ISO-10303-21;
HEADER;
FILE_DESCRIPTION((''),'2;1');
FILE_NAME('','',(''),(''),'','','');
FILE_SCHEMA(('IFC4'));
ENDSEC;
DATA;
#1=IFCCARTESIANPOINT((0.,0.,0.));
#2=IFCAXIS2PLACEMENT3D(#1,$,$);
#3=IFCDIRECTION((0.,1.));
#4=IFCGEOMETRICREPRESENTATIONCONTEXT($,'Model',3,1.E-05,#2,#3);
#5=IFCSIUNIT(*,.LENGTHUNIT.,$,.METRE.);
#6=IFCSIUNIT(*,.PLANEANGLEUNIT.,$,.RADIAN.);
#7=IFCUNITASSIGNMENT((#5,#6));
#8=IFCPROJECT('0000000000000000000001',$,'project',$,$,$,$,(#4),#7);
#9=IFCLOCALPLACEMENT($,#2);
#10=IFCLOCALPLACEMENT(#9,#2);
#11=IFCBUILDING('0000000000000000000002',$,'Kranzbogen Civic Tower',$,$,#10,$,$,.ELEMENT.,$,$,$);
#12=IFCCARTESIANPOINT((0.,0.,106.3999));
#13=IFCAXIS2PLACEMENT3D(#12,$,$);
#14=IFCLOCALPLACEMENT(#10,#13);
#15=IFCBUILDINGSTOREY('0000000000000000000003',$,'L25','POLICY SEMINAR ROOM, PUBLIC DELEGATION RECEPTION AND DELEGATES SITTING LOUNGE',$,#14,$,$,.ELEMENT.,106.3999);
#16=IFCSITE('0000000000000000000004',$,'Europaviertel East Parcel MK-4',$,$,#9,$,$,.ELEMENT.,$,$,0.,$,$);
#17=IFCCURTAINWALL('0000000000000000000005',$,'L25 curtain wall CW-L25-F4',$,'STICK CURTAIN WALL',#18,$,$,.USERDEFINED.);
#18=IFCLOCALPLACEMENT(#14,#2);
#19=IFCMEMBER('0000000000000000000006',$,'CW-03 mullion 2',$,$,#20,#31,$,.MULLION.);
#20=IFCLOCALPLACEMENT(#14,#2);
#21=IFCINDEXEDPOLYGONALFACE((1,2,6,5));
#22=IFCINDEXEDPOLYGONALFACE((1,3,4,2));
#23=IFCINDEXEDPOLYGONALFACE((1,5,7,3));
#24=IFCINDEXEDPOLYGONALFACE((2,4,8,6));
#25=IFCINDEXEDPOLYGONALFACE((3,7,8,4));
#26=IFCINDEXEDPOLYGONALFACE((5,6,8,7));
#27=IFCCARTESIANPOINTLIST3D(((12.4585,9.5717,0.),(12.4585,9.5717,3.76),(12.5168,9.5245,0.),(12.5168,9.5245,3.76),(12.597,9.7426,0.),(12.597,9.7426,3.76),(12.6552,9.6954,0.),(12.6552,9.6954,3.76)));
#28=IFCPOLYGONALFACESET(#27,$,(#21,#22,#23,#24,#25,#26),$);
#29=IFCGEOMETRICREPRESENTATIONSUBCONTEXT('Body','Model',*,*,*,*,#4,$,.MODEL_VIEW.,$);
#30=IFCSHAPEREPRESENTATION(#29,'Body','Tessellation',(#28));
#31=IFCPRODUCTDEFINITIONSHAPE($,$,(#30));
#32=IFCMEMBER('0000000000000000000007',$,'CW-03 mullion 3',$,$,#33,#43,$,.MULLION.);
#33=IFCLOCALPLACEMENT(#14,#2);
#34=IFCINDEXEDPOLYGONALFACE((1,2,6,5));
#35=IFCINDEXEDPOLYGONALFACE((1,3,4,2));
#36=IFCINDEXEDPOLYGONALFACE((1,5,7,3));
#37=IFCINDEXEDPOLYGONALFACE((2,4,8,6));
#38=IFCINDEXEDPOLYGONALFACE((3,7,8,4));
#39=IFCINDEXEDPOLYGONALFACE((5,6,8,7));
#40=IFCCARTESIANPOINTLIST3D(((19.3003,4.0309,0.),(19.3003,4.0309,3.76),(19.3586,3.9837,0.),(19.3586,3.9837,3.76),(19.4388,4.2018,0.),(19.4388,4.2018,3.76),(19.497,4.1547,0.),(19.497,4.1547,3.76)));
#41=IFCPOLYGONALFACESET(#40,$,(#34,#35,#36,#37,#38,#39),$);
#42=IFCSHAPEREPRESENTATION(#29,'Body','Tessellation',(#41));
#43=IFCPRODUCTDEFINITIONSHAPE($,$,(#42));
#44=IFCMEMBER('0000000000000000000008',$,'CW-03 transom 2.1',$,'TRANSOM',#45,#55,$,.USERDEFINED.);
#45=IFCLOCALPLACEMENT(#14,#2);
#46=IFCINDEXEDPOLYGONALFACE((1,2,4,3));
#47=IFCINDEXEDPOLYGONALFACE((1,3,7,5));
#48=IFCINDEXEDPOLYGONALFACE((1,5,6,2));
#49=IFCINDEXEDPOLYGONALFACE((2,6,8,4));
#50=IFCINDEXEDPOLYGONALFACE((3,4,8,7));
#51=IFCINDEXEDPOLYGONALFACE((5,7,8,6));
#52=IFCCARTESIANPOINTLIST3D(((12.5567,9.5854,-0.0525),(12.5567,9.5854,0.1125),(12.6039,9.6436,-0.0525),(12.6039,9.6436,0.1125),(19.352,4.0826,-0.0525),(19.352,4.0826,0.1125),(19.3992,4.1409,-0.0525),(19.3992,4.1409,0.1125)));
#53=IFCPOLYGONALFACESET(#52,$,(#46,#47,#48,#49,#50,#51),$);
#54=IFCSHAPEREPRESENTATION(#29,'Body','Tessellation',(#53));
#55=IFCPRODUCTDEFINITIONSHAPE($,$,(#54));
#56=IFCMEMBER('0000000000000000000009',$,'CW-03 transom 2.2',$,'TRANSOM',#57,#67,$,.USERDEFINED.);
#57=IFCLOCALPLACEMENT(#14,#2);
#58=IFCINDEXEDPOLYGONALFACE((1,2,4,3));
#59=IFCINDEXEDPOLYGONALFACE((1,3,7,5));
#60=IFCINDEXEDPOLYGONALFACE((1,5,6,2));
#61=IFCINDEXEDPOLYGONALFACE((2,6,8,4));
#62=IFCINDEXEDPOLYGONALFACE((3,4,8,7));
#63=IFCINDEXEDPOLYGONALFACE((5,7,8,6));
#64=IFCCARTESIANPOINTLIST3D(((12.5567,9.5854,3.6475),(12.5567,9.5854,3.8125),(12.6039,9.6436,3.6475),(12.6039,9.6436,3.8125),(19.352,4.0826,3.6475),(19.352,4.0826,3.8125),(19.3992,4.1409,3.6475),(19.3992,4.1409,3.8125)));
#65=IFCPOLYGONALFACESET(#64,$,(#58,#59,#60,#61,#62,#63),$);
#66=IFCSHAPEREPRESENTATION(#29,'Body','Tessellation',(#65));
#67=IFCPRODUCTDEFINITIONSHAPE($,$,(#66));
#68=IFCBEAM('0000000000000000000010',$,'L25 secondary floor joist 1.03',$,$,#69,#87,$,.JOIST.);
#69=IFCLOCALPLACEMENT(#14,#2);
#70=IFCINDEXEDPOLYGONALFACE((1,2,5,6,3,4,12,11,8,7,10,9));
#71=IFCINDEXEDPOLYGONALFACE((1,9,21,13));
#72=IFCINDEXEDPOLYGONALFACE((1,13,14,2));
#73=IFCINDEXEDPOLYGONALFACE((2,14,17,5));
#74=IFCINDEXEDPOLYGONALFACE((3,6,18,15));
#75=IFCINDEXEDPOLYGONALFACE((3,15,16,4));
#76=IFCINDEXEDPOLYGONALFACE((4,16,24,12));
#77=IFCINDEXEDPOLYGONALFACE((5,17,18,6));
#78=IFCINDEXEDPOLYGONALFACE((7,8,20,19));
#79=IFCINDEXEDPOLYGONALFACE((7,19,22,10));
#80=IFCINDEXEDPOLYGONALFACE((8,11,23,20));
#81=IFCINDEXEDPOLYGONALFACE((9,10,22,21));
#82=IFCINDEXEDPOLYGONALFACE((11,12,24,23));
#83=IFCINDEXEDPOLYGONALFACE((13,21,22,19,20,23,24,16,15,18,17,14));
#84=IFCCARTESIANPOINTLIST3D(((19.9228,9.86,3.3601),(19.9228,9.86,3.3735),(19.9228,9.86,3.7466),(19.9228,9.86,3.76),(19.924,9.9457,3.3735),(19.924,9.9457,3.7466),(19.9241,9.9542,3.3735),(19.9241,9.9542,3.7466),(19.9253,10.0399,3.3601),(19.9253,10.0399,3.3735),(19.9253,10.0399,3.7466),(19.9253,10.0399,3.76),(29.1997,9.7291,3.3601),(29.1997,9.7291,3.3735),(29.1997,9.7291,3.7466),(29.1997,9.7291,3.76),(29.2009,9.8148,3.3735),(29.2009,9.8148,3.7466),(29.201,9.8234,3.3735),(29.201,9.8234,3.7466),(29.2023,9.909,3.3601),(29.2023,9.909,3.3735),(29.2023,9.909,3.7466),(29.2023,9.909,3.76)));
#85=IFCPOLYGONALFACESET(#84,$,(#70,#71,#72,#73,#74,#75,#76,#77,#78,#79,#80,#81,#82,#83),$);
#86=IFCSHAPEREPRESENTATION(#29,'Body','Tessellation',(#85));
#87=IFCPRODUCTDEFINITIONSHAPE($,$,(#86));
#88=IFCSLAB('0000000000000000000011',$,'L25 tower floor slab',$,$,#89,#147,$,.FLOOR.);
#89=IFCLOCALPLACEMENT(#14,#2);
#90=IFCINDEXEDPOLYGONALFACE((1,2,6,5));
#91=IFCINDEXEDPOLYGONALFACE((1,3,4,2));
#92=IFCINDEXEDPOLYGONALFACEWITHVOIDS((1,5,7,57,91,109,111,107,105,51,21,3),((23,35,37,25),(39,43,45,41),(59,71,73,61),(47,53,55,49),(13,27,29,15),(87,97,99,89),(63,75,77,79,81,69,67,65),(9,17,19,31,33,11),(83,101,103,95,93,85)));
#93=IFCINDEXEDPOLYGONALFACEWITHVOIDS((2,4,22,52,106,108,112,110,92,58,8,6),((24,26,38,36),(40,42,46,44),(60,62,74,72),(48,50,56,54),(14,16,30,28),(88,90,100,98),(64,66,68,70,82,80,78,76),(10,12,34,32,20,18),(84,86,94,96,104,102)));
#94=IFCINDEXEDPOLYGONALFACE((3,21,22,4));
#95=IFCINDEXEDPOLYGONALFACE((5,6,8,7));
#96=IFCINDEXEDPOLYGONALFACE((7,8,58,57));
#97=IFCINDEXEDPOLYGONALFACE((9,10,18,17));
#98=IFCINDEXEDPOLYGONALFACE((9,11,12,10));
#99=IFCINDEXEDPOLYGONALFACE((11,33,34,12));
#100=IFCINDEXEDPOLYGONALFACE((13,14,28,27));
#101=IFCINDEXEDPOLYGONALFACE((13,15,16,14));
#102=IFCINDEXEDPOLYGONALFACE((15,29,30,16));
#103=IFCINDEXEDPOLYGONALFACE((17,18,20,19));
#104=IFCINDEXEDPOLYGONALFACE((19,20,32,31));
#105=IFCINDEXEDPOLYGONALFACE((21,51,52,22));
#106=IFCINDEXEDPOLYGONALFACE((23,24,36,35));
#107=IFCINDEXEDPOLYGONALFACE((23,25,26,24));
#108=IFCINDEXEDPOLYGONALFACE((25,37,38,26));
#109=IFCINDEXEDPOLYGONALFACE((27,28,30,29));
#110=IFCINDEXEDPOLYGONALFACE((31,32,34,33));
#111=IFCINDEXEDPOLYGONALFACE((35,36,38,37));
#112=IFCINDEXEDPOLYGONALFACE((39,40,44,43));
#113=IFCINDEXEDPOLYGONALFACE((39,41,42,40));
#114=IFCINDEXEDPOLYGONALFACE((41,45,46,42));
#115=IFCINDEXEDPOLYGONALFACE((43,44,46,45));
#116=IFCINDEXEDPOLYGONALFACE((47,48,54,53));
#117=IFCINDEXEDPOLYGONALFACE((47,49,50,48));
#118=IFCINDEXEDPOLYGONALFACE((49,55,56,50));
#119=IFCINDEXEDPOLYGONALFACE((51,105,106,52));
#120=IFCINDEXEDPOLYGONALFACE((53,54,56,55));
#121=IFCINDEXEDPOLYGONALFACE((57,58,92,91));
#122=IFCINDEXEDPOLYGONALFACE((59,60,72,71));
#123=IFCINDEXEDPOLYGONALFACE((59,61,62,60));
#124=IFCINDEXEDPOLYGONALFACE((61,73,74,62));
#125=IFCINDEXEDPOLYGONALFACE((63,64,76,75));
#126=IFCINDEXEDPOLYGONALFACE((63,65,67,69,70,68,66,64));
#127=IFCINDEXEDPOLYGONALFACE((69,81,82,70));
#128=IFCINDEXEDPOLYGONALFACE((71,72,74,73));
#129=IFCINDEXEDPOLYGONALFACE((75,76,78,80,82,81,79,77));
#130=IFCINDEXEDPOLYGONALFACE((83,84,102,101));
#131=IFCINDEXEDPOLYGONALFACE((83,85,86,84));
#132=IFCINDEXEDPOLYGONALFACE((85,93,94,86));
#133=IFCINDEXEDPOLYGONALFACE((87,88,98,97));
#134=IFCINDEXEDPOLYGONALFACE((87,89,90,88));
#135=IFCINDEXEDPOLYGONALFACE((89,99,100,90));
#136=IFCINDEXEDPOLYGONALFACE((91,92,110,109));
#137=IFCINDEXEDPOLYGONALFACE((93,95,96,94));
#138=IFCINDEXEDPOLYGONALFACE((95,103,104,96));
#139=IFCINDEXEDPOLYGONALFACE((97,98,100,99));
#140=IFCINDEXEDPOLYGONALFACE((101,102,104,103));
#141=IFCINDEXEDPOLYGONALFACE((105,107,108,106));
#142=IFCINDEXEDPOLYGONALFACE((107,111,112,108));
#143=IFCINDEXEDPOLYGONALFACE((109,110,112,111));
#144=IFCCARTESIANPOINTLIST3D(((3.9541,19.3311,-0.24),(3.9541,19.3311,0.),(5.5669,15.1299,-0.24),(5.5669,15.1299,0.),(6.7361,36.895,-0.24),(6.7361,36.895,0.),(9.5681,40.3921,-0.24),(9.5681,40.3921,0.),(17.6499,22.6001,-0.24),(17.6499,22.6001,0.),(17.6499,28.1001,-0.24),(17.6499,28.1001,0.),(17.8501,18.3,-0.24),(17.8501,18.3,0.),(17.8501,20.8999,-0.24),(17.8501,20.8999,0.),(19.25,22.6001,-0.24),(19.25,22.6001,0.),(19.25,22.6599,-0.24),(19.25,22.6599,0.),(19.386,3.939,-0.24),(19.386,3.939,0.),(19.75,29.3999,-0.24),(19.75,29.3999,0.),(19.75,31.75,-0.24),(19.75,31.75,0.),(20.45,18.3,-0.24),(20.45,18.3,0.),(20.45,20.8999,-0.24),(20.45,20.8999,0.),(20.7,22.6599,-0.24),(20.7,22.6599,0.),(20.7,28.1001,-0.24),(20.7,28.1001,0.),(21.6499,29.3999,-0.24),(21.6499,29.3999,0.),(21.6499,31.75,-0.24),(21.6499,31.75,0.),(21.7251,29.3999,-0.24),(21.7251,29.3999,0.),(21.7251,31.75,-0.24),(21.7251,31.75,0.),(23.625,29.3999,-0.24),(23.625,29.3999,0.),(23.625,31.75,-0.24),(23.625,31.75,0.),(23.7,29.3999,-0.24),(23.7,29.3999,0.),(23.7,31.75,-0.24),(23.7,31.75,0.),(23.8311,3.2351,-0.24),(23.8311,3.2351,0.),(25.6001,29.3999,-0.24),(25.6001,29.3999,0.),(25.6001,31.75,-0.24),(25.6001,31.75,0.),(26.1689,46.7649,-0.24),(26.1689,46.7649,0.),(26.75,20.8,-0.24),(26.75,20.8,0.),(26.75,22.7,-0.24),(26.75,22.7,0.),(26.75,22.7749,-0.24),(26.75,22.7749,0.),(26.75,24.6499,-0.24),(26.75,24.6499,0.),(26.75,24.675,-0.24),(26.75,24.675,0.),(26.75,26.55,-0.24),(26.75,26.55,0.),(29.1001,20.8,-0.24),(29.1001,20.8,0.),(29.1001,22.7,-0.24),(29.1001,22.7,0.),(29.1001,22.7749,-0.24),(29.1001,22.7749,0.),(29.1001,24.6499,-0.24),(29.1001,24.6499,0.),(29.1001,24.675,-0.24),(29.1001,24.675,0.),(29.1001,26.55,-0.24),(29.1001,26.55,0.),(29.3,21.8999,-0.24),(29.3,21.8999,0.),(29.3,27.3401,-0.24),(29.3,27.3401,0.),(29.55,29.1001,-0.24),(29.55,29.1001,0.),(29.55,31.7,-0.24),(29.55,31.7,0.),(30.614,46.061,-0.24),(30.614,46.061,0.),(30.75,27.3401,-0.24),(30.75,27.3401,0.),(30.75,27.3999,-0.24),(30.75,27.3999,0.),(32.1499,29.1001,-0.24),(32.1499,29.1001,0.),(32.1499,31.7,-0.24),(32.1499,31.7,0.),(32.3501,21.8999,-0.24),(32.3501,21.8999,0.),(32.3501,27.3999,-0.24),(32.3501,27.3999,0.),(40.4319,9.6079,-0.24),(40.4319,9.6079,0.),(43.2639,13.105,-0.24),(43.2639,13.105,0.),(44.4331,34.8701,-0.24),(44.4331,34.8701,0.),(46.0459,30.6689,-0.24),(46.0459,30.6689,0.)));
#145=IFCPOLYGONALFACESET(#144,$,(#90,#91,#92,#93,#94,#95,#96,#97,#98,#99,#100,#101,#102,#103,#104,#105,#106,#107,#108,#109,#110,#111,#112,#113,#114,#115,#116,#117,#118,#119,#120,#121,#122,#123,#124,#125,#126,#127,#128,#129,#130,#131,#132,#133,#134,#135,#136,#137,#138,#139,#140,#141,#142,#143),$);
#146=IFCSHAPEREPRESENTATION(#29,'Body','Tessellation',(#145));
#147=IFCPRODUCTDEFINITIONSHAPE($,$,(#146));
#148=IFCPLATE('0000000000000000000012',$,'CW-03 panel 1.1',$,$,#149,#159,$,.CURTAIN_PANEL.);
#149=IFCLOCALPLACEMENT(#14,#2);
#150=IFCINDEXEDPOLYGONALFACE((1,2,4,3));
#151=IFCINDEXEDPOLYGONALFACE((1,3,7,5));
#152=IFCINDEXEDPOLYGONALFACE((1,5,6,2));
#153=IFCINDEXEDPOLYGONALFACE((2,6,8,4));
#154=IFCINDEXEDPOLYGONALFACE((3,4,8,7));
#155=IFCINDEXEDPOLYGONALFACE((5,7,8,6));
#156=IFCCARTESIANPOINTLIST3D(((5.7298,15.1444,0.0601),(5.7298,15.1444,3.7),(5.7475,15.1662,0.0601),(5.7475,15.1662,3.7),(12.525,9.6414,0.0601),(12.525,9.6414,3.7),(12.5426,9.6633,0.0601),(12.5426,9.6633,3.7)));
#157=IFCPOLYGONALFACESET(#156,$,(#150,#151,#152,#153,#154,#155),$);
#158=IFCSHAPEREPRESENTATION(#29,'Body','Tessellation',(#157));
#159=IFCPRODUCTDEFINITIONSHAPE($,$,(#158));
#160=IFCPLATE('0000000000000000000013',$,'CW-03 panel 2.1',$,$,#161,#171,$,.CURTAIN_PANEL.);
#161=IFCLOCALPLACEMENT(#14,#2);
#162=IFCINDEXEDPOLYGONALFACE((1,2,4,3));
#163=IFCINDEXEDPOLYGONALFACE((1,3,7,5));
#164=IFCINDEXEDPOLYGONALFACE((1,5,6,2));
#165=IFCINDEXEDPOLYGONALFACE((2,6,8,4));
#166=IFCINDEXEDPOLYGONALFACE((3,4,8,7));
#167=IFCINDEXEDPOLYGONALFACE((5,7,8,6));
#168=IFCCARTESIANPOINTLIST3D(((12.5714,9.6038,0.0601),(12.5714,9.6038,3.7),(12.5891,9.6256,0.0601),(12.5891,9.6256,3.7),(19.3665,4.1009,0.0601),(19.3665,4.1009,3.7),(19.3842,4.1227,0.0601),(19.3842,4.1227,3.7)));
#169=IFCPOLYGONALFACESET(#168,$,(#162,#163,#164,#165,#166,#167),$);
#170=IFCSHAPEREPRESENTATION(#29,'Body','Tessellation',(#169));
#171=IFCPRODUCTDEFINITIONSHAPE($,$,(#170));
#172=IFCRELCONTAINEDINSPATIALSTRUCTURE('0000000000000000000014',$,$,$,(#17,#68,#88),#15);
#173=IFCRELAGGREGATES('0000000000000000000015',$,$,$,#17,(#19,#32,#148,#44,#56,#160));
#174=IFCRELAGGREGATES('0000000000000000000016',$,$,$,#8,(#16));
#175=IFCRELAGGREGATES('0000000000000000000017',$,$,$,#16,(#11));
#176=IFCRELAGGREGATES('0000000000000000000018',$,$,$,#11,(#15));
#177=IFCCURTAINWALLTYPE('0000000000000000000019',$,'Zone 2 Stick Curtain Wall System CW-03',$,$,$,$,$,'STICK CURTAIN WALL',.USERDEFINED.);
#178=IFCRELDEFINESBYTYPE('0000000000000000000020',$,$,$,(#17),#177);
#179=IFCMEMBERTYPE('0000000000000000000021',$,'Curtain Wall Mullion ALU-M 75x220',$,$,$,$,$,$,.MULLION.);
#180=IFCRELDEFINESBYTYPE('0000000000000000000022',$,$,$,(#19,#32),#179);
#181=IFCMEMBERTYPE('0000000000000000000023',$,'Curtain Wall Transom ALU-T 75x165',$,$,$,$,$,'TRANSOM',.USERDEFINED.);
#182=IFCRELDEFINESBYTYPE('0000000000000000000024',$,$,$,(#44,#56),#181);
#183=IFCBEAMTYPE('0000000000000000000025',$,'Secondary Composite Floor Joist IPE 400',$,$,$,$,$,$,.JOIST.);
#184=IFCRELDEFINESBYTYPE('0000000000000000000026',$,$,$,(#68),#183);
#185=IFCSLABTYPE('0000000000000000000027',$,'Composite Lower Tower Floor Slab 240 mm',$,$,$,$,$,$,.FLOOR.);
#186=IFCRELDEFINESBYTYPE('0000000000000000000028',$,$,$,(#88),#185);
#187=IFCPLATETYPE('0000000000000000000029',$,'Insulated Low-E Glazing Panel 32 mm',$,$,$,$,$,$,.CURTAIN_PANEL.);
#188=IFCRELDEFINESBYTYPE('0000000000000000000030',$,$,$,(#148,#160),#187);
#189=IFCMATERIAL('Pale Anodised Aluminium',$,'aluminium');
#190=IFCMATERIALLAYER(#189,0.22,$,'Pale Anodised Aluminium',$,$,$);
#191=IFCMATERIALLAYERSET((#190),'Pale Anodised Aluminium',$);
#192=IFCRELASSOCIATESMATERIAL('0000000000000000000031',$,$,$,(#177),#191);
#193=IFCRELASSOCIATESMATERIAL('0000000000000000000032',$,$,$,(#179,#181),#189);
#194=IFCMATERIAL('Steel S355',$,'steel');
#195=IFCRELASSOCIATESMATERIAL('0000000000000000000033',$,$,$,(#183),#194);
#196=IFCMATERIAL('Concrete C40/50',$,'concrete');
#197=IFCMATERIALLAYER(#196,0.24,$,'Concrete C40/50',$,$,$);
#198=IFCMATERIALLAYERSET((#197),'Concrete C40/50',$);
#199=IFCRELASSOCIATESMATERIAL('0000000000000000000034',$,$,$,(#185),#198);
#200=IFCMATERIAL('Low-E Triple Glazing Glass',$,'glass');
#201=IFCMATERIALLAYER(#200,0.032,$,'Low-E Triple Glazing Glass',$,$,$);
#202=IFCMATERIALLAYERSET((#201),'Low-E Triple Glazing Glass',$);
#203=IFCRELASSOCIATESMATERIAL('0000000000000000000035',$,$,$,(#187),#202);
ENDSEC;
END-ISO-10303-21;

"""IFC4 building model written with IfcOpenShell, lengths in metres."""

from ifc_helpers import new_model, si_unit, direction, frame, origin, origin_2d, place, context, subcontext, project, spatial, polyline, rectangle, i_section, outline, extrude, material, layer, layer_set, material_profile, profile_set, type_object, element, aggregate, save


model = new_model("IFC4")

# Units and contexts
model_context = context("Model", 3, precision=1e-05, world=origin(), true_north=direction((0.0, 1.0)))
body_context = subcontext(model_context, "Body", "Model", "MODEL_VIEW")
ifc_project = project(units=[si_unit("LENGTHUNIT", "METRE"), si_unit("PLANEANGLEUNIT", "RADIAN")], contexts=[model_context])

# Site, building, storey
site_placement = place(None, origin())
site = spatial("IfcSite", under=ifc_project, at=site_placement, Name="Europaviertel East Parcel MK-4", CompositionType="ELEMENT", RefElevation=0.0)
building_placement = place(site_placement, origin())
building = spatial("IfcBuilding", under=site, at=building_placement, Name="Kranzbogen Civic Tower", CompositionType="ELEMENT")
storey_placement = place(building_placement, frame((0.0, 0.0, 106.3999)))
storey = spatial("IfcBuildingStorey", under=building, at=storey_placement, Name="L25", Description="POLICY SEMINAR ROOM, PUBLIC DELEGATION RECEPTION AND DELEGATES SITTING LOUNGE", CompositionType="ELEMENT", Elevation=106.3999)

# Curtain wall, members
ifc_material_1 = material(Name="Pale Anodised Aluminium", Category="aluminium")
ifc_layer_1 = layer(ifc_material_1, 0.22, Name="Pale Anodised Aluminium")
ifc_layer_set_1 = layer_set([ifc_layer_1], Name="Pale Anodised Aluminium")
curtain_wall_type = type_object("IfcCurtainWallType", Name="Zone 2 Stick Curtain Wall System CW-03", ElementType="STICK CURTAIN WALL", PredefinedType="USERDEFINED", material=ifc_layer_set_1)
curtain_wall_placement = place(storey_placement, origin())
curtain_wall = element("IfcCurtainWall", 1, at=curtain_wall_placement, inside=storey, type_object=curtain_wall_type, Name="L25 curtain wall CW-L25-F4", ObjectType="STICK CURTAIN WALL", PredefinedType="USERDEFINED")
ifc_material_profile_1 = material_profile(ifc_material_1, rectangle(XDim=0.075, YDim=0.22, at=origin_2d()), Name="ALU-M 75x220")
ifc_profile_set_1 = profile_set([ifc_material_profile_1], Name="Pale Anodised Aluminium")
member_type_1 = type_object("IfcMemberType", Name="Curtain Wall Mullion ALU-M 75x220", PredefinedType="MULLION", material=ifc_profile_set_1)
member_1_placement = place(storey_placement, frame((12.5569, 9.6335, 0.0), z_axis=(0.0, 0.0, 1.0), x_axis=(0.777128, -0.629343, 0.0)))
member_1 = element("IfcMember", 2, at=member_1_placement, type_object=member_type_1, Name="CW-03 mullion 2", PredefinedType="MULLION", context=body_context, shape_type="SweptSolid", body=[
    extrude(rectangle(XDim=0.075, YDim=0.22, at=origin_2d()), origin(), (0.0, 0.0, 1.0), 3.76),
])
member_2_placement = place(storey_placement, frame((19.3987, 4.0928, 0.0), z_axis=(0.0, 0.0, 1.0), x_axis=(0.777128, -0.629343, 0.0)))
member_2 = element("IfcMember", 3, at=member_2_placement, type_object=member_type_1, Name="CW-03 mullion 3", PredefinedType="MULLION", context=body_context, shape_type="SweptSolid", body=[
    extrude(rectangle(XDim=0.075, YDim=0.22, at=origin_2d()), origin(), (0.0, 0.0, 1.0), 3.76),
])
ifc_material_profile_2 = material_profile(ifc_material_1, rectangle(XDim=0.075, YDim=0.165, at=origin_2d()), Name="ALU-T 75x165")
ifc_profile_set_2 = profile_set([ifc_material_profile_2], Name="Pale Anodised Aluminium")
member_type_2 = type_object("IfcMemberType", Name="Curtain Wall Transom ALU-T 75x165", ElementType="TRANSOM", PredefinedType="USERDEFINED", material=ifc_profile_set_2)
member_3_placement = place(storey_placement, frame((12.5803, 9.6145, 0.03), z_axis=(0.777142, -0.629325, 0.0), x_axis=(0.629325, 0.777142, 0.0)))
member_3 = element("IfcMember", 4, at=member_3_placement, type_object=member_type_2, Name="CW-03 transom 2.1", ObjectType="TRANSOM", PredefinedType="USERDEFINED", context=body_context, shape_type="SweptSolid", body=[
    extrude(rectangle(XDim=0.075, YDim=0.165, at=origin_2d()), origin(), (0.0, 0.0, 1.0), 8.7439),
])
member_4_placement = place(storey_placement, frame((12.5803, 9.6145, 3.73), z_axis=(0.777142, -0.629325, 0.0), x_axis=(0.629325, 0.777142, 0.0)))
member_4 = element("IfcMember", 5, at=member_4_placement, type_object=member_type_2, Name="CW-03 transom 2.2", ObjectType="TRANSOM", PredefinedType="USERDEFINED", context=body_context, shape_type="SweptSolid", body=[
    extrude(rectangle(XDim=0.075, YDim=0.165, at=origin_2d()), origin(), (0.0, 0.0, 1.0), 8.7439),
])

# Beam
ifc_material_2 = material(Name="Steel S355", Category="steel")
ifc_material_profile_3 = material_profile(ifc_material_2, i_section(OverallWidth=0.1799, OverallDepth=0.3999, WebThickness=0.0085, FlangeThickness=0.0134, at=origin_2d()), Name="IPE 400")
ifc_profile_set_3 = profile_set([ifc_material_profile_3], Name="Steel S355")
beam_type = type_object("IfcBeamType", Name="Secondary Composite Floor Joist IPE 400", PredefinedType="JOIST", material=ifc_profile_set_3)
beam_placement = place(storey_placement, frame((19.9241, 9.95, 3.5601), z_axis=(0.999901, -0.014105, 0.0), x_axis=(0.014105, 0.999901, 0.0)))
element("IfcBeam", 6, at=beam_placement, inside=storey, type_object=beam_type, Name="L25 secondary floor joist 1.03", PredefinedType="JOIST", context=body_context, shape_type="SweptSolid", body=[
    extrude(i_section(OverallWidth=0.1799, OverallDepth=0.3999, WebThickness=0.0085, FlangeThickness=0.0134, at=origin_2d()), origin(), (0.0, 0.0, 1.0), 9.2778),
])

# Slab
ifc_material_3 = material(Name="Concrete C40/50", Category="concrete")
ifc_layer_2 = layer(ifc_material_3, 0.24, Name="Concrete C40/50")
ifc_layer_set_2 = layer_set([ifc_layer_2], Name="Concrete C40/50")
slab_type_1 = type_object("IfcSlabType", Name="Composite Lower Tower Floor Slab 240 mm", PredefinedType="FLOOR", material=ifc_layer_set_2)
slab_1_placement = place(storey_placement, frame((0.0, 0.0, -0.24)))
element("IfcSlab", 7, at=slab_1_placement, inside=storey, type_object=slab_type_1, Name="L25 tower floor slab", PredefinedType="FLOOR", context=body_context, shape_type="SweptSolid", body=[
    extrude(outline(polyline([(44.4331, 34.8701), (30.614, 46.061), (26.1689, 46.7649), (9.5681, 40.3921), (6.7361, 36.895), (3.9541, 19.3311), (5.5669, 15.1299), (19.386, 3.939), (23.8311, 3.2351), (40.4319, 9.6079), (43.2639, 13.105), (46.0459, 30.6689), (44.4331, 34.8701)]), holes=[polyline([(20.45, 20.8999), (20.45, 18.3), (17.8501, 18.3), (17.8501, 20.8999), (20.45, 20.8999)]), polyline([(29.1001, 22.7), (29.1001, 20.8), (26.75, 20.8), (26.75, 22.7), (29.1001, 22.7)]), polyline([(29.1001, 24.6499), (29.1001, 22.7749), (26.75, 22.7749), (26.75, 24.6499), (26.75, 24.675), (26.75, 26.55), (29.1001, 26.55), (29.1001, 24.675), (29.1001, 24.6499)]), polyline([(30.75, 27.3401), (30.75, 27.3999), (32.3501, 27.3999), (32.3501, 21.8999), (29.3, 21.8999), (29.3, 27.3401), (30.75, 27.3401)]), polyline([(19.25, 22.6599), (19.25, 22.6001), (17.6499, 22.6001), (17.6499, 28.1001), (20.7, 28.1001), (20.7, 22.6599), (19.25, 22.6599)]), polyline([(32.1499, 31.7), (32.1499, 29.1001), (29.55, 29.1001), (29.55, 31.7), (32.1499, 31.7)]), polyline([(21.6499, 31.75), (21.6499, 29.3999), (19.75, 29.3999), (19.75, 31.75), (21.6499, 31.75)]), polyline([(23.625, 29.3999), (21.7251, 29.3999), (21.7251, 31.75), (23.625, 31.75), (23.625, 29.3999)]), polyline([(25.6001, 29.3999), (23.7, 29.3999), (23.7, 31.75), (25.6001, 31.75), (25.6001, 29.3999)])]), origin(), (0.0, 0.0, 1.0), 0.24),
])

# Plates
ifc_material_4 = material(Name="Low-E Triple Glazing Glass", Category="glass")
ifc_layer_3 = layer(ifc_material_4, 0.032, Name="Low-E Triple Glazing Glass")
ifc_layer_set_3 = layer_set([ifc_layer_3], Name="Low-E Triple Glazing Glass")
plate_type = type_object("IfcPlateType", Name="Insulated Low-E Glazing Panel 32 mm", PredefinedType="CURTAIN_PANEL", material=ifc_layer_set_3)
plate_1_placement = place(storey_placement, frame((9.1362, 12.4038, 0.0601), z_axis=(0.0, 0.0, 1.0), x_axis=(0.777128, -0.629343, 0.0)))
plate_1 = element("IfcPlate", 8, at=plate_1_placement, type_object=plate_type, Name="CW-03 panel 1.1", PredefinedType="CURTAIN_PANEL", context=body_context, shape_type="SweptSolid", body=[
    extrude(rectangle(XDim=8.7439, YDim=0.0281, at=origin_2d()), origin(), (0.0, 0.0, 1.0), 3.6399),
])
plate_2_placement = place(storey_placement, frame((15.9778, 6.8633, 0.0601), z_axis=(0.0, 0.0, 1.0), x_axis=(0.777128, -0.629343, 0.0)))
plate_2 = element("IfcPlate", 9, at=plate_2_placement, type_object=plate_type, Name="CW-03 panel 2.1", PredefinedType="CURTAIN_PANEL", context=body_context, shape_type="SweptSolid", body=[
    extrude(rectangle(XDim=8.7439, YDim=0.0281, at=origin_2d()), origin(), (0.0, 0.0, 1.0), 3.6399),
])
aggregate(curtain_wall, [member_1, member_2, plate_1, member_3, member_4, plate_2])

save(model, "model.ifc")
